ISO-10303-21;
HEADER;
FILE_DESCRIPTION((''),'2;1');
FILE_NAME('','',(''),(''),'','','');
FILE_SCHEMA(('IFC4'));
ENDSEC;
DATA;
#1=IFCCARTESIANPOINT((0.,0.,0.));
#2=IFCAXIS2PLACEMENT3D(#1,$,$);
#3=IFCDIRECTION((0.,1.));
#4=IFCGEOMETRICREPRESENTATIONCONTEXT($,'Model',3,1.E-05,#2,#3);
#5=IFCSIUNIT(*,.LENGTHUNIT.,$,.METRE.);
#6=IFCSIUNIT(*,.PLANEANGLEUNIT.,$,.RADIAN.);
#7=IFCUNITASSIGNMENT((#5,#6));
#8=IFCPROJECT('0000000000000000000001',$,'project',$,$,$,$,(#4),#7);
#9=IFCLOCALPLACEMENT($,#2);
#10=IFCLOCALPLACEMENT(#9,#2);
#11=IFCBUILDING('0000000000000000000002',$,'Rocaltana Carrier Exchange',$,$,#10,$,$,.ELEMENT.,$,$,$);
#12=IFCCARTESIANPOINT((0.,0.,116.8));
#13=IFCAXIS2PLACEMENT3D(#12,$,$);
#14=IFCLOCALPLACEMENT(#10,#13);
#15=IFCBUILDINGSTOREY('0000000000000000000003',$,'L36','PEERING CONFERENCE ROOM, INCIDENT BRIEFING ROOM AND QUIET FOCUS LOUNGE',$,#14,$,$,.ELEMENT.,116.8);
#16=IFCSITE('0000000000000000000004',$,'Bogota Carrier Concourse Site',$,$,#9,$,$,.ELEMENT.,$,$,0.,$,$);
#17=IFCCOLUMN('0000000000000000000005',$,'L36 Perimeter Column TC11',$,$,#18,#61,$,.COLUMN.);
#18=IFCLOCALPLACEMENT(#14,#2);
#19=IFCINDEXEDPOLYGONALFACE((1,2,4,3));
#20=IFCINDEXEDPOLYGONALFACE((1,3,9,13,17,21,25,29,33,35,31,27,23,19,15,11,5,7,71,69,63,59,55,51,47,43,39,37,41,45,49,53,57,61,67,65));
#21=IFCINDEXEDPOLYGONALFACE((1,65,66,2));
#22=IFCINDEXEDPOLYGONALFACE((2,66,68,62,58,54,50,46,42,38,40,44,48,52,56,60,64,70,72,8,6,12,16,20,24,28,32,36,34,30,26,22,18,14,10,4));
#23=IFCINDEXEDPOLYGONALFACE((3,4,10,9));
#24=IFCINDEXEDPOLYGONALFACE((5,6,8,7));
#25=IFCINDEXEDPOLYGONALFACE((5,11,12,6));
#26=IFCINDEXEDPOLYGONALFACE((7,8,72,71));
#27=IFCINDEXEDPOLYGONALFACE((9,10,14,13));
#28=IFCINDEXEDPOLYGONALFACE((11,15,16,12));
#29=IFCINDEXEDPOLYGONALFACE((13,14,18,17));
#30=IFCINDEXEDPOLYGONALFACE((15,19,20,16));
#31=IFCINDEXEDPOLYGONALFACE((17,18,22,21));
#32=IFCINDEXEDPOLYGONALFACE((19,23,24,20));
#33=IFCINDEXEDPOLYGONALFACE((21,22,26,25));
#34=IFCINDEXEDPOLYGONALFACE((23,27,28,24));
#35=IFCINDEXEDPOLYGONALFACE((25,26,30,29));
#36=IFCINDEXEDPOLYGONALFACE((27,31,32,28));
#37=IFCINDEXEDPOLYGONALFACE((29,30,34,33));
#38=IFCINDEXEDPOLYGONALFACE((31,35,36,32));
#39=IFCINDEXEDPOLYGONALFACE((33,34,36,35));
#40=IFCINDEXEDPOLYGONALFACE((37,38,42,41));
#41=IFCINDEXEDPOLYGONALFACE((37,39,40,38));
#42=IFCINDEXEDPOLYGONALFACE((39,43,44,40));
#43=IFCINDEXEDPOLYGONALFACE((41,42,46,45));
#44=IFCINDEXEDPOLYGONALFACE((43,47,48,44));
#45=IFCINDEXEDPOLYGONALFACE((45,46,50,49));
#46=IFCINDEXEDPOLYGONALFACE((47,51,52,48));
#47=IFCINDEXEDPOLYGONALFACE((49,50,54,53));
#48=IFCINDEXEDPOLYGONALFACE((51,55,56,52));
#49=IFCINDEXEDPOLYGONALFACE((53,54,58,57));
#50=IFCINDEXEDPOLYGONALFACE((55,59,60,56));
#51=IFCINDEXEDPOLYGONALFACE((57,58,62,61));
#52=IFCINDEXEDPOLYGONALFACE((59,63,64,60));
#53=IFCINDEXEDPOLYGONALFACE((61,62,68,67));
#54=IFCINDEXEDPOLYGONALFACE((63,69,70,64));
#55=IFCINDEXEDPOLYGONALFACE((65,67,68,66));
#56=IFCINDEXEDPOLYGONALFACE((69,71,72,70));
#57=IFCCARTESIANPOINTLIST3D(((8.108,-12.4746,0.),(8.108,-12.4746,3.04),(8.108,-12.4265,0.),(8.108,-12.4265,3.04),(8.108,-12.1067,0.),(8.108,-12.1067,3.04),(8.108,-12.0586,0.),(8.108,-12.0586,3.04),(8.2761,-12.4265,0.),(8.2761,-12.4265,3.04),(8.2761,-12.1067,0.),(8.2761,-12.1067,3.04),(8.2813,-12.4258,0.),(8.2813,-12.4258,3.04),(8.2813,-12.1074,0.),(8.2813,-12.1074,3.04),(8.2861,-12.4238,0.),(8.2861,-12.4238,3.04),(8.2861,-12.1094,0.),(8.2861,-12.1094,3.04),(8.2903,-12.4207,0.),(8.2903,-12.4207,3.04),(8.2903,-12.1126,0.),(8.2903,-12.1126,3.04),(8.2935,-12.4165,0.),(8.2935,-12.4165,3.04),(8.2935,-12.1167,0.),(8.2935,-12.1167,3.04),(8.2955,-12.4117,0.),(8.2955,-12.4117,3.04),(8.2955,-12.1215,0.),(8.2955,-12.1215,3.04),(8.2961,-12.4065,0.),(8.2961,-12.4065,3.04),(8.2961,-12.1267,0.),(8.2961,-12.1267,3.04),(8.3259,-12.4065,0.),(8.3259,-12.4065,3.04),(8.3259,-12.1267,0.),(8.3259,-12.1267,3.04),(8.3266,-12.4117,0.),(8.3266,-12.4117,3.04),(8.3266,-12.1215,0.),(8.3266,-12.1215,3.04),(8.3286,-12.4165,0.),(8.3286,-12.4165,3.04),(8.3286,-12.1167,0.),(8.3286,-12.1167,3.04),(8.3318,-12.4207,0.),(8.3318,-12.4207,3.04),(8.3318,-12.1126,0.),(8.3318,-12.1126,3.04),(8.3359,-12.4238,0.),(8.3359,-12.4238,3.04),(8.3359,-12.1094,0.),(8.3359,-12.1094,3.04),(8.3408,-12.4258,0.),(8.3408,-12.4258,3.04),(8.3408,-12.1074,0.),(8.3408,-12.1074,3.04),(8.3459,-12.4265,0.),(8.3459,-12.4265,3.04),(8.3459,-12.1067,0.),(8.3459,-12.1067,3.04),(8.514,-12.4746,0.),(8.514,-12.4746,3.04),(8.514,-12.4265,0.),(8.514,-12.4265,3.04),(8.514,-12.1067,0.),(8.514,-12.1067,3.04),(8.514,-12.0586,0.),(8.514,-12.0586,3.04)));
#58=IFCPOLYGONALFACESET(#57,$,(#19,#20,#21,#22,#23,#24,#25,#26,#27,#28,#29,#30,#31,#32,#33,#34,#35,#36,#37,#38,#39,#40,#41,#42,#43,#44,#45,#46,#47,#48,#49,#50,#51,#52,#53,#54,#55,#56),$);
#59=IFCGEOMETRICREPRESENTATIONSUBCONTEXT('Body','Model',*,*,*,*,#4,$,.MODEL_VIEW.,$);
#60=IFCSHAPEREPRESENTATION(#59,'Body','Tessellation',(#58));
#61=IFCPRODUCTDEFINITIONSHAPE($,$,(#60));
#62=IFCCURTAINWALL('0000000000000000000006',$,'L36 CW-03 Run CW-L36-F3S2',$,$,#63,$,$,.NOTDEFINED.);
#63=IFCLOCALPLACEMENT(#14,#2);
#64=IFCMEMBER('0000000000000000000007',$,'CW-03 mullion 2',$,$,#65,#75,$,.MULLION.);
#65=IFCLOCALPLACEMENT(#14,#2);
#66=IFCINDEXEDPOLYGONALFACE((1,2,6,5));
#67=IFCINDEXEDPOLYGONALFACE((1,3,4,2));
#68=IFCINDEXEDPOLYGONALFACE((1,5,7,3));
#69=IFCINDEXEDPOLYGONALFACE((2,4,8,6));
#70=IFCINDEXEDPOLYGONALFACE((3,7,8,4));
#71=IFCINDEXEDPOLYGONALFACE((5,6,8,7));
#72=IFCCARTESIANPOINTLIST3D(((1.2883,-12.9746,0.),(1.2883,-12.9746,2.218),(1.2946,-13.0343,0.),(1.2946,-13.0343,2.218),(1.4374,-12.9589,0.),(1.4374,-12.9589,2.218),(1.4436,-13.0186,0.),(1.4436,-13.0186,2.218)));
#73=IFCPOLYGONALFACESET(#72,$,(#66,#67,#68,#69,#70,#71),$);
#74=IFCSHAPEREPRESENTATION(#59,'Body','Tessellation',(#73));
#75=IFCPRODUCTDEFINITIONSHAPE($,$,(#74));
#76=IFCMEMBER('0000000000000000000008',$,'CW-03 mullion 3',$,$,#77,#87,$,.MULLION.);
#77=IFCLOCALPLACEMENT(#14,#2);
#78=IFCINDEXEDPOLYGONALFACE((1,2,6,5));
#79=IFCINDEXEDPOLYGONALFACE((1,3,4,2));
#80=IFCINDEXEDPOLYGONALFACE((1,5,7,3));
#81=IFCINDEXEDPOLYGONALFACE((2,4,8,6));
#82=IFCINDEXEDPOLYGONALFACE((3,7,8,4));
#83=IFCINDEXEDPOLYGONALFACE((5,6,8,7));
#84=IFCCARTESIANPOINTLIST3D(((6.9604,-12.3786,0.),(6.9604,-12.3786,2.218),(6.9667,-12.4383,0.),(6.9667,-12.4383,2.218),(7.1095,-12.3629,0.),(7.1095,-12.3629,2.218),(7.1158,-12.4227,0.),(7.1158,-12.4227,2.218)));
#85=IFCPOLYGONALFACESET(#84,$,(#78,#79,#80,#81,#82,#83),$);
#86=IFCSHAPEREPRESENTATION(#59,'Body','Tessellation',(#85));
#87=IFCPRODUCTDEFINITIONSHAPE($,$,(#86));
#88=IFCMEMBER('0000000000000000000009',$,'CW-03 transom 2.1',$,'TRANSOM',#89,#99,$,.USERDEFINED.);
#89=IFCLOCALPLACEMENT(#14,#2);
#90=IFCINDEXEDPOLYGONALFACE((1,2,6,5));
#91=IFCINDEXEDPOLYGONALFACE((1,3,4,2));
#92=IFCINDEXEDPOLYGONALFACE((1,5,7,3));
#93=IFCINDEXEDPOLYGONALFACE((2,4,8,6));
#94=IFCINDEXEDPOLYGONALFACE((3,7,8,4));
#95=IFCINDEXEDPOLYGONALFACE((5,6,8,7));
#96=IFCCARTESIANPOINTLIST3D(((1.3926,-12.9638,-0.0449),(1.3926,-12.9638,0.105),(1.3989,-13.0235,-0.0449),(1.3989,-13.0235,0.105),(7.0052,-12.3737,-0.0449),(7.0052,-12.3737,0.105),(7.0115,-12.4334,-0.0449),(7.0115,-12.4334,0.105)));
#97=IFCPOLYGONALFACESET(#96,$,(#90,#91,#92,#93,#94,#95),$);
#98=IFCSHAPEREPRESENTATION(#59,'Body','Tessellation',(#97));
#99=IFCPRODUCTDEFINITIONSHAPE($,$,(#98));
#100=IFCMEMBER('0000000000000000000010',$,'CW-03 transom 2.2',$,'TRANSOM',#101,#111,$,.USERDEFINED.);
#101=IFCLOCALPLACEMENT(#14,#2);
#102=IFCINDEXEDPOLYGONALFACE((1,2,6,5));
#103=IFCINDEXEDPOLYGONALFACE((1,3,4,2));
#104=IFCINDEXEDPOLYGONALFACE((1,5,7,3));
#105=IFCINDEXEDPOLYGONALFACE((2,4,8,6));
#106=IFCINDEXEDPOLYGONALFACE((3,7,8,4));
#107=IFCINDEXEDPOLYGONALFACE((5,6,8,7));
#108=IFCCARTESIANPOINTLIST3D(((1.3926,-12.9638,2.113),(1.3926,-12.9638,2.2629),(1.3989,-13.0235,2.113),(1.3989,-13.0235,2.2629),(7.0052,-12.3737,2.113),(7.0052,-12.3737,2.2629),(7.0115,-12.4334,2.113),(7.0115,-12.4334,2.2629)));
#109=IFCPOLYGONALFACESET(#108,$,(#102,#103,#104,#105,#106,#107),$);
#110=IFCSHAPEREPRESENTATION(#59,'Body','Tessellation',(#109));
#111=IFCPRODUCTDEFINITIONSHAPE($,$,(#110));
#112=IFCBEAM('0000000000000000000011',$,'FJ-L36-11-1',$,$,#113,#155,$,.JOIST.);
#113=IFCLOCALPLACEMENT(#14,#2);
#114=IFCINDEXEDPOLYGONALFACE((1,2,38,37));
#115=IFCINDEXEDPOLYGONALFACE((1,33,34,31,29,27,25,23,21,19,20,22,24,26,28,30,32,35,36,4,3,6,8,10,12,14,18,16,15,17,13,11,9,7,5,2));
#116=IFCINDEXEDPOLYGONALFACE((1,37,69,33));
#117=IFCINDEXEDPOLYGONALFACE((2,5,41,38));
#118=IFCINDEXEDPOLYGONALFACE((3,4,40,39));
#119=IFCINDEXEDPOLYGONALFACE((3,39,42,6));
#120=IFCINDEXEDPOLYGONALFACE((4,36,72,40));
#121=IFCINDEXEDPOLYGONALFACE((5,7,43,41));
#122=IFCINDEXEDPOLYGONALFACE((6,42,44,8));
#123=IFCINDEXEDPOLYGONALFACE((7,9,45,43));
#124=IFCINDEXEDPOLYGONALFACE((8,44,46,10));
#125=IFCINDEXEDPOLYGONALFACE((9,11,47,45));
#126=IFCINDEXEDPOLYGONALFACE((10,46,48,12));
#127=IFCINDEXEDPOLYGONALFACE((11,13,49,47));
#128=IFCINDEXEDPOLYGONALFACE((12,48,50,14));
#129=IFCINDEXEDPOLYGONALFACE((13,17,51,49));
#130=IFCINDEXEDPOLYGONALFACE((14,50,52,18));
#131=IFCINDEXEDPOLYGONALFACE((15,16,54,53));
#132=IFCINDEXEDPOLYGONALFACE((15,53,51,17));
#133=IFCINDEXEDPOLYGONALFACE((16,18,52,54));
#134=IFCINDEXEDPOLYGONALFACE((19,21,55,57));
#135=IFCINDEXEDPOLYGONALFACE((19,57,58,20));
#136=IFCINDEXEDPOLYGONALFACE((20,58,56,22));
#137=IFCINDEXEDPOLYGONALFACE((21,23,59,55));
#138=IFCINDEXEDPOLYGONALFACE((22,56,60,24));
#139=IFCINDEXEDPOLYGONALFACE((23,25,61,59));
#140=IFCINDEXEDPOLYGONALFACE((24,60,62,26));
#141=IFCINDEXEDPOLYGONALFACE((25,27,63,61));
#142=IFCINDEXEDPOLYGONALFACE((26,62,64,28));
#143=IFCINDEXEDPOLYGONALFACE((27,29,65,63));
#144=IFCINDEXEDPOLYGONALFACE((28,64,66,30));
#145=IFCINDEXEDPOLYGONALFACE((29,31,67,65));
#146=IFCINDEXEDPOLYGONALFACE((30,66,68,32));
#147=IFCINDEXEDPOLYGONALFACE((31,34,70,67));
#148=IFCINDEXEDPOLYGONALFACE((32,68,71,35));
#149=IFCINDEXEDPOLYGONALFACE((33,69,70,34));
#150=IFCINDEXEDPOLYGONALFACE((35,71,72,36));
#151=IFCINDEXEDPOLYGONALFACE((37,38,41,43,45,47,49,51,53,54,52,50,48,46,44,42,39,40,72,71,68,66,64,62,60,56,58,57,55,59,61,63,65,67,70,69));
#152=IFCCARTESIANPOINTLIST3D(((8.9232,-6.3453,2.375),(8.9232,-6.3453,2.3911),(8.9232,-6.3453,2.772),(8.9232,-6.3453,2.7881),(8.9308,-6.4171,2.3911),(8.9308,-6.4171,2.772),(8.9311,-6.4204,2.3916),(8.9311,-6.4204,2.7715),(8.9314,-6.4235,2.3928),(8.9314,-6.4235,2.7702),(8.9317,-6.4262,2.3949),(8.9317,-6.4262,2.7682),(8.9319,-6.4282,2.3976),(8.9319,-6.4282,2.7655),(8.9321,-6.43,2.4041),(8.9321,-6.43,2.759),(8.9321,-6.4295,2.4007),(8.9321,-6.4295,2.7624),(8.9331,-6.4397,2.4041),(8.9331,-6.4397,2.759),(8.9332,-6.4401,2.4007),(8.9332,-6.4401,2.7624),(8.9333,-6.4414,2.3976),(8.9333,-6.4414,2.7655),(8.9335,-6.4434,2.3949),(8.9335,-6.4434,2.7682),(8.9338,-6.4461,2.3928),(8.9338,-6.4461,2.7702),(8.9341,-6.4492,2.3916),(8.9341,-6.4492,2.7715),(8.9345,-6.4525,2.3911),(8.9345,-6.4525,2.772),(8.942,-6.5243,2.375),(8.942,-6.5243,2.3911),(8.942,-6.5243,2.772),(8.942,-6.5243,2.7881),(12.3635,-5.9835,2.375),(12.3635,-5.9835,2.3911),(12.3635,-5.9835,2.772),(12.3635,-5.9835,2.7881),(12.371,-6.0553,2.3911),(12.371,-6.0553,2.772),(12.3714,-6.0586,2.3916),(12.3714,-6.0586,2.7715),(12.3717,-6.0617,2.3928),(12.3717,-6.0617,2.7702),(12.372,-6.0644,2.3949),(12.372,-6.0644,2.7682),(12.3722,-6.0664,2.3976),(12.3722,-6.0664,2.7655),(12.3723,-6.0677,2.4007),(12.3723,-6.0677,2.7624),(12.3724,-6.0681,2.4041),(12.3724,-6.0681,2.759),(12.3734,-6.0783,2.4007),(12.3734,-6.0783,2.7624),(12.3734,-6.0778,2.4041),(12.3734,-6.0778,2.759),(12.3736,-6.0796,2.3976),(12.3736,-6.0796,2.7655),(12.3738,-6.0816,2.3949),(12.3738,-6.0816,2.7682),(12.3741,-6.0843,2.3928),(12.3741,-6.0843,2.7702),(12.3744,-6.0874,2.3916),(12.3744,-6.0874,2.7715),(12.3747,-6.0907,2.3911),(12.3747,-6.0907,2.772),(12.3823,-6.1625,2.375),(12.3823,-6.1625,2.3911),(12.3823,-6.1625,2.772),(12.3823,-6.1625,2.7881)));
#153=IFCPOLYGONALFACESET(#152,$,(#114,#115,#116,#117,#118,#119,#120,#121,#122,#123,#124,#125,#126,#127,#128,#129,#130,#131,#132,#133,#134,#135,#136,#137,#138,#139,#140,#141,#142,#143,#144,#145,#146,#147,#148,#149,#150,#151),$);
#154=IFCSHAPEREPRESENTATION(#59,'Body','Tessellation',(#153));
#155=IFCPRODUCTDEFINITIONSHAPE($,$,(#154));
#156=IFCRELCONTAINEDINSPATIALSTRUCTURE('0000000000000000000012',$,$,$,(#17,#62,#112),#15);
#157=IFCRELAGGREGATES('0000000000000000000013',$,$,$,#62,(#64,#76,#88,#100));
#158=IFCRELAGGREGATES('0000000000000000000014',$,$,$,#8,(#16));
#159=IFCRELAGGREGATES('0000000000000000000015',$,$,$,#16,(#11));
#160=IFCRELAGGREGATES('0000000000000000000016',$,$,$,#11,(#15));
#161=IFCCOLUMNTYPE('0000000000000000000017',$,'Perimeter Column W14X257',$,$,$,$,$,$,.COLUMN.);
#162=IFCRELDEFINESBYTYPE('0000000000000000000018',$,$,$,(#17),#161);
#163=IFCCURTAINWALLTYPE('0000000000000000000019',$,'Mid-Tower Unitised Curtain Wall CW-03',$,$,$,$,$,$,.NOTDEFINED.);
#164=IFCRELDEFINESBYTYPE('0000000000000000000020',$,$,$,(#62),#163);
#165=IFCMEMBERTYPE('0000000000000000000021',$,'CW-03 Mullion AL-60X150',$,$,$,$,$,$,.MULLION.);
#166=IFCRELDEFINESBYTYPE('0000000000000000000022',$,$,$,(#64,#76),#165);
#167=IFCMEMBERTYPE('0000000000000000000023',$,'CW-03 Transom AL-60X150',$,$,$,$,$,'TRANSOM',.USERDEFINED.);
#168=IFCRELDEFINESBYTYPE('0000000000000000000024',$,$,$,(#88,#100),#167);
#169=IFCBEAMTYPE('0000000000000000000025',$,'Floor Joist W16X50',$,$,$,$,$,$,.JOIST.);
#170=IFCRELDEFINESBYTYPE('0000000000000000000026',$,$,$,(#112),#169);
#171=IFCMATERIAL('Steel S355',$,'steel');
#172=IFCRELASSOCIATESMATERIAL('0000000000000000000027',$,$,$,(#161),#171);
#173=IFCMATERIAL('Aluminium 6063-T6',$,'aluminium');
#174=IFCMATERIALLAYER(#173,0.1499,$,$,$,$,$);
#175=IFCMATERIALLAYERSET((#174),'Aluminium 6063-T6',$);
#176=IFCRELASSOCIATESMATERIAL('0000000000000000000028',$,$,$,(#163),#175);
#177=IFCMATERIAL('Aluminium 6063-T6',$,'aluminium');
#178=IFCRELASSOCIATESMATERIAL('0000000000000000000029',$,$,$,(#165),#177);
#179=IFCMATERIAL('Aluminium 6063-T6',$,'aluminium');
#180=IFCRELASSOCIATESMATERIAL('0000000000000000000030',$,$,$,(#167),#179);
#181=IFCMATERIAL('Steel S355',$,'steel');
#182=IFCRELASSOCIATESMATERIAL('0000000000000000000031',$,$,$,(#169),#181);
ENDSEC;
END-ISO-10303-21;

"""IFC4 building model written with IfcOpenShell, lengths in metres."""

from ifc_helpers import new_model, si_unit, direction, frame, origin, origin_2d, place, context, subcontext, project, spatial, rectangle, i_section, extrude, material, layer, layer_set, material_profile, profile_set, type_object, element, aggregate, save


model = new_model("IFC4")

# Units and contexts
model_context = context("Model", 3, precision=1e-05, world=origin(), true_north=direction((0.0, 1.0)))
body_context = subcontext(model_context, "Body", "Model", "MODEL_VIEW")
ifc_project = project(units=[si_unit("LENGTHUNIT", "METRE"), si_unit("PLANEANGLEUNIT", "RADIAN")], contexts=[model_context])

# Site, building, storey
site_placement = place(None, origin())
site = spatial("IfcSite", under=ifc_project, at=site_placement, Name="Bogota Carrier Concourse Site", CompositionType="ELEMENT", RefElevation=0.0)
building_placement = place(site_placement, origin())
building = spatial("IfcBuilding", under=site, at=building_placement, Name="Rocaltana Carrier Exchange", CompositionType="ELEMENT")
storey_placement = place(building_placement, frame((0.0, 0.0, 116.8)))
storey = spatial("IfcBuildingStorey", under=building, at=storey_placement, Name="L36", Description="PEERING CONFERENCE ROOM, INCIDENT BRIEFING ROOM AND QUIET FOCUS LOUNGE", CompositionType="ELEMENT", Elevation=116.8)

# Column
ifc_material_1 = material(Name="Steel S355", Category="steel")
ifc_material_profile_1 = material_profile(ifc_material_1, i_section(OverallWidth=0.406, OverallDepth=0.416, WebThickness=0.0298, FlangeThickness=0.0481, FilletRadius=0.02, at=origin_2d()), Name="W14X257")
ifc_profile_set_1 = profile_set([ifc_material_profile_1], Name="Steel S355")
column_type = type_object("IfcColumnType", Name="Perimeter Column W14X257", PredefinedType="COLUMN", material=ifc_profile_set_1)
column_placement = place(storey_placement, frame((8.311, -12.2666, 0.0), z_axis=(0.0, 0.0, 1.0), x_axis=(1.0, 0.0, 0.0)))
element("IfcColumn", 1, at=column_placement, inside=storey, type_object=column_type, Name="L36 Perimeter Column TC11", PredefinedType="COLUMN", context=body_context, shape_type="SweptSolid", body=[
    extrude(i_section(OverallWidth=0.406, OverallDepth=0.416, WebThickness=0.0298, FlangeThickness=0.0481, FilletRadius=0.02, at=origin_2d()), origin(), (0.0, 0.0, 1.0), 3.04),
])

# Curtain wall, members
ifc_material_2 = material(Name="Aluminium 6063-T6", Category="aluminium")
ifc_layer_1 = layer(ifc_material_2, 0.1499)
ifc_layer_set_1 = layer_set([ifc_layer_1], Name="Aluminium 6063-T6")
curtain_wall_type = type_object("IfcCurtainWallType", Name="Mid-Tower Unitised Curtain Wall CW-03", PredefinedType="NOTDEFINED", material=ifc_layer_set_1)
curtain_wall_placement = place(storey_placement, origin())
curtain_wall = element("IfcCurtainWall", 2, at=curtain_wall_placement, inside=storey, type_object=curtain_wall_type, Name="L36 CW-03 Run CW-L36-F3S2", PredefinedType="NOTDEFINED")
ifc_material_3 = material(Name="Aluminium 6063-T6", Category="aluminium")
ifc_material_profile_2 = material_profile(ifc_material_3, rectangle(XDim=0.0601, YDim=0.1499, at=origin_2d()), Name="AL-60X150")
ifc_profile_set_2 = profile_set([ifc_material_profile_2], Name="Aluminium 6063-T6")
member_type_1 = type_object("IfcMemberType", Name="CW-03 Mullion AL-60X150", PredefinedType="MULLION", material=ifc_profile_set_2)
member_1_placement = place(storey_placement, frame((1.366, -12.9966, 0.0), z_axis=(0.0, 0.0, 1.0), x_axis=(-0.10453, 0.994522, 0.0)))
member_1 = element("IfcMember", 3, at=member_1_placement, type_object=member_type_1, Name="CW-03 mullion 2", PredefinedType="MULLION", context=body_context, shape_type="SweptSolid", body=[
    extrude(rectangle(XDim=0.0601, YDim=0.1499, at=origin_2d()), origin(), (0.0, 0.0, 1.0), 2.218),
])
member_2_placement = place(storey_placement, frame((7.0381, -12.4006, 0.0), z_axis=(0.0, 0.0, 1.0), x_axis=(-0.10453, 0.994522, 0.0)))
member_2 = element("IfcMember", 4, at=member_2_placement, type_object=member_type_1, Name="CW-03 mullion 3", PredefinedType="MULLION", context=body_context, shape_type="SweptSolid", body=[
    extrude(rectangle(XDim=0.0601, YDim=0.1499, at=origin_2d()), origin(), (0.0, 0.0, 1.0), 2.218),
])
ifc_material_4 = material(Name="Aluminium 6063-T6", Category="aluminium")
ifc_material_profile_3 = material_profile(ifc_material_4, rectangle(XDim=0.0601, YDim=0.1499, at=origin_2d()), Name="AL-60X150")
ifc_profile_set_3 = profile_set([ifc_material_profile_3], Name="Aluminium 6063-T6")
member_type_2 = type_object("IfcMemberType", Name="CW-03 Transom AL-60X150", ElementType="TRANSOM", PredefinedType="USERDEFINED", material=ifc_profile_set_3)
member_3_placement = place(storey_placement, frame((1.3958, -12.9937, 0.03), z_axis=(0.994518, 0.104561, 0.0), x_axis=(-0.104561, 0.994518, 0.0)))
member_3 = element("IfcMember", 5, at=member_3_placement, type_object=member_type_2, Name="CW-03 transom 2.1", ObjectType="TRANSOM", PredefinedType="USERDEFINED", context=body_context, shape_type="SweptSolid", body=[
    extrude(rectangle(XDim=0.0601, YDim=0.1499, at=origin_2d()), origin(), (0.0, 0.0, 1.0), 5.6436),
])
member_4_placement = place(storey_placement, frame((1.3958, -12.9937, 2.188), z_axis=(0.994518, 0.104561, 0.0), x_axis=(-0.104561, 0.994518, 0.0)))
member_4 = element("IfcMember", 6, at=member_4_placement, type_object=member_type_2, Name="CW-03 transom 2.2", ObjectType="TRANSOM", PredefinedType="USERDEFINED", context=body_context, shape_type="SweptSolid", body=[
    extrude(rectangle(XDim=0.0601, YDim=0.1499, at=origin_2d()), origin(), (0.0, 0.0, 1.0), 5.6436),
])

# Beam
ifc_material_5 = material(Name="Steel S355", Category="steel")
ifc_material_profile_4 = material_profile(ifc_material_5, i_section(OverallWidth=0.1799, OverallDepth=0.4131, WebThickness=0.0098, FlangeThickness=0.0161, FilletRadius=0.0129, at=origin_2d()), Name="W16X50")
ifc_profile_set_4 = profile_set([ifc_material_profile_4], Name="Steel S355")
beam_type_1 = type_object("IfcBeamType", Name="Floor Joist W16X50", PredefinedType="JOIST", material=ifc_profile_set_4)
beam_1_placement = place(storey_placement, frame((8.9326, -6.4348, 2.5815), z_axis=(0.994515, 0.104597, 0.0), x_axis=(-0.104597, 0.994515, 0.0)))
element("IfcBeam", 7, at=beam_1_placement, inside=storey, type_object=beam_type_1, Name="FJ-L36-11-1", PredefinedType="JOIST", context=body_context, shape_type="SweptSolid", body=[
    extrude(i_section(OverallWidth=0.1799, OverallDepth=0.4131, WebThickness=0.0098, FlangeThickness=0.0161, FilletRadius=0.0129, at=origin_2d()), origin(), (0.0, 0.0, 1.0), 3.4592),
])

aggregate(curtain_wall, [member_1, member_2, member_3, member_4])

save(model, "model.ifc")
